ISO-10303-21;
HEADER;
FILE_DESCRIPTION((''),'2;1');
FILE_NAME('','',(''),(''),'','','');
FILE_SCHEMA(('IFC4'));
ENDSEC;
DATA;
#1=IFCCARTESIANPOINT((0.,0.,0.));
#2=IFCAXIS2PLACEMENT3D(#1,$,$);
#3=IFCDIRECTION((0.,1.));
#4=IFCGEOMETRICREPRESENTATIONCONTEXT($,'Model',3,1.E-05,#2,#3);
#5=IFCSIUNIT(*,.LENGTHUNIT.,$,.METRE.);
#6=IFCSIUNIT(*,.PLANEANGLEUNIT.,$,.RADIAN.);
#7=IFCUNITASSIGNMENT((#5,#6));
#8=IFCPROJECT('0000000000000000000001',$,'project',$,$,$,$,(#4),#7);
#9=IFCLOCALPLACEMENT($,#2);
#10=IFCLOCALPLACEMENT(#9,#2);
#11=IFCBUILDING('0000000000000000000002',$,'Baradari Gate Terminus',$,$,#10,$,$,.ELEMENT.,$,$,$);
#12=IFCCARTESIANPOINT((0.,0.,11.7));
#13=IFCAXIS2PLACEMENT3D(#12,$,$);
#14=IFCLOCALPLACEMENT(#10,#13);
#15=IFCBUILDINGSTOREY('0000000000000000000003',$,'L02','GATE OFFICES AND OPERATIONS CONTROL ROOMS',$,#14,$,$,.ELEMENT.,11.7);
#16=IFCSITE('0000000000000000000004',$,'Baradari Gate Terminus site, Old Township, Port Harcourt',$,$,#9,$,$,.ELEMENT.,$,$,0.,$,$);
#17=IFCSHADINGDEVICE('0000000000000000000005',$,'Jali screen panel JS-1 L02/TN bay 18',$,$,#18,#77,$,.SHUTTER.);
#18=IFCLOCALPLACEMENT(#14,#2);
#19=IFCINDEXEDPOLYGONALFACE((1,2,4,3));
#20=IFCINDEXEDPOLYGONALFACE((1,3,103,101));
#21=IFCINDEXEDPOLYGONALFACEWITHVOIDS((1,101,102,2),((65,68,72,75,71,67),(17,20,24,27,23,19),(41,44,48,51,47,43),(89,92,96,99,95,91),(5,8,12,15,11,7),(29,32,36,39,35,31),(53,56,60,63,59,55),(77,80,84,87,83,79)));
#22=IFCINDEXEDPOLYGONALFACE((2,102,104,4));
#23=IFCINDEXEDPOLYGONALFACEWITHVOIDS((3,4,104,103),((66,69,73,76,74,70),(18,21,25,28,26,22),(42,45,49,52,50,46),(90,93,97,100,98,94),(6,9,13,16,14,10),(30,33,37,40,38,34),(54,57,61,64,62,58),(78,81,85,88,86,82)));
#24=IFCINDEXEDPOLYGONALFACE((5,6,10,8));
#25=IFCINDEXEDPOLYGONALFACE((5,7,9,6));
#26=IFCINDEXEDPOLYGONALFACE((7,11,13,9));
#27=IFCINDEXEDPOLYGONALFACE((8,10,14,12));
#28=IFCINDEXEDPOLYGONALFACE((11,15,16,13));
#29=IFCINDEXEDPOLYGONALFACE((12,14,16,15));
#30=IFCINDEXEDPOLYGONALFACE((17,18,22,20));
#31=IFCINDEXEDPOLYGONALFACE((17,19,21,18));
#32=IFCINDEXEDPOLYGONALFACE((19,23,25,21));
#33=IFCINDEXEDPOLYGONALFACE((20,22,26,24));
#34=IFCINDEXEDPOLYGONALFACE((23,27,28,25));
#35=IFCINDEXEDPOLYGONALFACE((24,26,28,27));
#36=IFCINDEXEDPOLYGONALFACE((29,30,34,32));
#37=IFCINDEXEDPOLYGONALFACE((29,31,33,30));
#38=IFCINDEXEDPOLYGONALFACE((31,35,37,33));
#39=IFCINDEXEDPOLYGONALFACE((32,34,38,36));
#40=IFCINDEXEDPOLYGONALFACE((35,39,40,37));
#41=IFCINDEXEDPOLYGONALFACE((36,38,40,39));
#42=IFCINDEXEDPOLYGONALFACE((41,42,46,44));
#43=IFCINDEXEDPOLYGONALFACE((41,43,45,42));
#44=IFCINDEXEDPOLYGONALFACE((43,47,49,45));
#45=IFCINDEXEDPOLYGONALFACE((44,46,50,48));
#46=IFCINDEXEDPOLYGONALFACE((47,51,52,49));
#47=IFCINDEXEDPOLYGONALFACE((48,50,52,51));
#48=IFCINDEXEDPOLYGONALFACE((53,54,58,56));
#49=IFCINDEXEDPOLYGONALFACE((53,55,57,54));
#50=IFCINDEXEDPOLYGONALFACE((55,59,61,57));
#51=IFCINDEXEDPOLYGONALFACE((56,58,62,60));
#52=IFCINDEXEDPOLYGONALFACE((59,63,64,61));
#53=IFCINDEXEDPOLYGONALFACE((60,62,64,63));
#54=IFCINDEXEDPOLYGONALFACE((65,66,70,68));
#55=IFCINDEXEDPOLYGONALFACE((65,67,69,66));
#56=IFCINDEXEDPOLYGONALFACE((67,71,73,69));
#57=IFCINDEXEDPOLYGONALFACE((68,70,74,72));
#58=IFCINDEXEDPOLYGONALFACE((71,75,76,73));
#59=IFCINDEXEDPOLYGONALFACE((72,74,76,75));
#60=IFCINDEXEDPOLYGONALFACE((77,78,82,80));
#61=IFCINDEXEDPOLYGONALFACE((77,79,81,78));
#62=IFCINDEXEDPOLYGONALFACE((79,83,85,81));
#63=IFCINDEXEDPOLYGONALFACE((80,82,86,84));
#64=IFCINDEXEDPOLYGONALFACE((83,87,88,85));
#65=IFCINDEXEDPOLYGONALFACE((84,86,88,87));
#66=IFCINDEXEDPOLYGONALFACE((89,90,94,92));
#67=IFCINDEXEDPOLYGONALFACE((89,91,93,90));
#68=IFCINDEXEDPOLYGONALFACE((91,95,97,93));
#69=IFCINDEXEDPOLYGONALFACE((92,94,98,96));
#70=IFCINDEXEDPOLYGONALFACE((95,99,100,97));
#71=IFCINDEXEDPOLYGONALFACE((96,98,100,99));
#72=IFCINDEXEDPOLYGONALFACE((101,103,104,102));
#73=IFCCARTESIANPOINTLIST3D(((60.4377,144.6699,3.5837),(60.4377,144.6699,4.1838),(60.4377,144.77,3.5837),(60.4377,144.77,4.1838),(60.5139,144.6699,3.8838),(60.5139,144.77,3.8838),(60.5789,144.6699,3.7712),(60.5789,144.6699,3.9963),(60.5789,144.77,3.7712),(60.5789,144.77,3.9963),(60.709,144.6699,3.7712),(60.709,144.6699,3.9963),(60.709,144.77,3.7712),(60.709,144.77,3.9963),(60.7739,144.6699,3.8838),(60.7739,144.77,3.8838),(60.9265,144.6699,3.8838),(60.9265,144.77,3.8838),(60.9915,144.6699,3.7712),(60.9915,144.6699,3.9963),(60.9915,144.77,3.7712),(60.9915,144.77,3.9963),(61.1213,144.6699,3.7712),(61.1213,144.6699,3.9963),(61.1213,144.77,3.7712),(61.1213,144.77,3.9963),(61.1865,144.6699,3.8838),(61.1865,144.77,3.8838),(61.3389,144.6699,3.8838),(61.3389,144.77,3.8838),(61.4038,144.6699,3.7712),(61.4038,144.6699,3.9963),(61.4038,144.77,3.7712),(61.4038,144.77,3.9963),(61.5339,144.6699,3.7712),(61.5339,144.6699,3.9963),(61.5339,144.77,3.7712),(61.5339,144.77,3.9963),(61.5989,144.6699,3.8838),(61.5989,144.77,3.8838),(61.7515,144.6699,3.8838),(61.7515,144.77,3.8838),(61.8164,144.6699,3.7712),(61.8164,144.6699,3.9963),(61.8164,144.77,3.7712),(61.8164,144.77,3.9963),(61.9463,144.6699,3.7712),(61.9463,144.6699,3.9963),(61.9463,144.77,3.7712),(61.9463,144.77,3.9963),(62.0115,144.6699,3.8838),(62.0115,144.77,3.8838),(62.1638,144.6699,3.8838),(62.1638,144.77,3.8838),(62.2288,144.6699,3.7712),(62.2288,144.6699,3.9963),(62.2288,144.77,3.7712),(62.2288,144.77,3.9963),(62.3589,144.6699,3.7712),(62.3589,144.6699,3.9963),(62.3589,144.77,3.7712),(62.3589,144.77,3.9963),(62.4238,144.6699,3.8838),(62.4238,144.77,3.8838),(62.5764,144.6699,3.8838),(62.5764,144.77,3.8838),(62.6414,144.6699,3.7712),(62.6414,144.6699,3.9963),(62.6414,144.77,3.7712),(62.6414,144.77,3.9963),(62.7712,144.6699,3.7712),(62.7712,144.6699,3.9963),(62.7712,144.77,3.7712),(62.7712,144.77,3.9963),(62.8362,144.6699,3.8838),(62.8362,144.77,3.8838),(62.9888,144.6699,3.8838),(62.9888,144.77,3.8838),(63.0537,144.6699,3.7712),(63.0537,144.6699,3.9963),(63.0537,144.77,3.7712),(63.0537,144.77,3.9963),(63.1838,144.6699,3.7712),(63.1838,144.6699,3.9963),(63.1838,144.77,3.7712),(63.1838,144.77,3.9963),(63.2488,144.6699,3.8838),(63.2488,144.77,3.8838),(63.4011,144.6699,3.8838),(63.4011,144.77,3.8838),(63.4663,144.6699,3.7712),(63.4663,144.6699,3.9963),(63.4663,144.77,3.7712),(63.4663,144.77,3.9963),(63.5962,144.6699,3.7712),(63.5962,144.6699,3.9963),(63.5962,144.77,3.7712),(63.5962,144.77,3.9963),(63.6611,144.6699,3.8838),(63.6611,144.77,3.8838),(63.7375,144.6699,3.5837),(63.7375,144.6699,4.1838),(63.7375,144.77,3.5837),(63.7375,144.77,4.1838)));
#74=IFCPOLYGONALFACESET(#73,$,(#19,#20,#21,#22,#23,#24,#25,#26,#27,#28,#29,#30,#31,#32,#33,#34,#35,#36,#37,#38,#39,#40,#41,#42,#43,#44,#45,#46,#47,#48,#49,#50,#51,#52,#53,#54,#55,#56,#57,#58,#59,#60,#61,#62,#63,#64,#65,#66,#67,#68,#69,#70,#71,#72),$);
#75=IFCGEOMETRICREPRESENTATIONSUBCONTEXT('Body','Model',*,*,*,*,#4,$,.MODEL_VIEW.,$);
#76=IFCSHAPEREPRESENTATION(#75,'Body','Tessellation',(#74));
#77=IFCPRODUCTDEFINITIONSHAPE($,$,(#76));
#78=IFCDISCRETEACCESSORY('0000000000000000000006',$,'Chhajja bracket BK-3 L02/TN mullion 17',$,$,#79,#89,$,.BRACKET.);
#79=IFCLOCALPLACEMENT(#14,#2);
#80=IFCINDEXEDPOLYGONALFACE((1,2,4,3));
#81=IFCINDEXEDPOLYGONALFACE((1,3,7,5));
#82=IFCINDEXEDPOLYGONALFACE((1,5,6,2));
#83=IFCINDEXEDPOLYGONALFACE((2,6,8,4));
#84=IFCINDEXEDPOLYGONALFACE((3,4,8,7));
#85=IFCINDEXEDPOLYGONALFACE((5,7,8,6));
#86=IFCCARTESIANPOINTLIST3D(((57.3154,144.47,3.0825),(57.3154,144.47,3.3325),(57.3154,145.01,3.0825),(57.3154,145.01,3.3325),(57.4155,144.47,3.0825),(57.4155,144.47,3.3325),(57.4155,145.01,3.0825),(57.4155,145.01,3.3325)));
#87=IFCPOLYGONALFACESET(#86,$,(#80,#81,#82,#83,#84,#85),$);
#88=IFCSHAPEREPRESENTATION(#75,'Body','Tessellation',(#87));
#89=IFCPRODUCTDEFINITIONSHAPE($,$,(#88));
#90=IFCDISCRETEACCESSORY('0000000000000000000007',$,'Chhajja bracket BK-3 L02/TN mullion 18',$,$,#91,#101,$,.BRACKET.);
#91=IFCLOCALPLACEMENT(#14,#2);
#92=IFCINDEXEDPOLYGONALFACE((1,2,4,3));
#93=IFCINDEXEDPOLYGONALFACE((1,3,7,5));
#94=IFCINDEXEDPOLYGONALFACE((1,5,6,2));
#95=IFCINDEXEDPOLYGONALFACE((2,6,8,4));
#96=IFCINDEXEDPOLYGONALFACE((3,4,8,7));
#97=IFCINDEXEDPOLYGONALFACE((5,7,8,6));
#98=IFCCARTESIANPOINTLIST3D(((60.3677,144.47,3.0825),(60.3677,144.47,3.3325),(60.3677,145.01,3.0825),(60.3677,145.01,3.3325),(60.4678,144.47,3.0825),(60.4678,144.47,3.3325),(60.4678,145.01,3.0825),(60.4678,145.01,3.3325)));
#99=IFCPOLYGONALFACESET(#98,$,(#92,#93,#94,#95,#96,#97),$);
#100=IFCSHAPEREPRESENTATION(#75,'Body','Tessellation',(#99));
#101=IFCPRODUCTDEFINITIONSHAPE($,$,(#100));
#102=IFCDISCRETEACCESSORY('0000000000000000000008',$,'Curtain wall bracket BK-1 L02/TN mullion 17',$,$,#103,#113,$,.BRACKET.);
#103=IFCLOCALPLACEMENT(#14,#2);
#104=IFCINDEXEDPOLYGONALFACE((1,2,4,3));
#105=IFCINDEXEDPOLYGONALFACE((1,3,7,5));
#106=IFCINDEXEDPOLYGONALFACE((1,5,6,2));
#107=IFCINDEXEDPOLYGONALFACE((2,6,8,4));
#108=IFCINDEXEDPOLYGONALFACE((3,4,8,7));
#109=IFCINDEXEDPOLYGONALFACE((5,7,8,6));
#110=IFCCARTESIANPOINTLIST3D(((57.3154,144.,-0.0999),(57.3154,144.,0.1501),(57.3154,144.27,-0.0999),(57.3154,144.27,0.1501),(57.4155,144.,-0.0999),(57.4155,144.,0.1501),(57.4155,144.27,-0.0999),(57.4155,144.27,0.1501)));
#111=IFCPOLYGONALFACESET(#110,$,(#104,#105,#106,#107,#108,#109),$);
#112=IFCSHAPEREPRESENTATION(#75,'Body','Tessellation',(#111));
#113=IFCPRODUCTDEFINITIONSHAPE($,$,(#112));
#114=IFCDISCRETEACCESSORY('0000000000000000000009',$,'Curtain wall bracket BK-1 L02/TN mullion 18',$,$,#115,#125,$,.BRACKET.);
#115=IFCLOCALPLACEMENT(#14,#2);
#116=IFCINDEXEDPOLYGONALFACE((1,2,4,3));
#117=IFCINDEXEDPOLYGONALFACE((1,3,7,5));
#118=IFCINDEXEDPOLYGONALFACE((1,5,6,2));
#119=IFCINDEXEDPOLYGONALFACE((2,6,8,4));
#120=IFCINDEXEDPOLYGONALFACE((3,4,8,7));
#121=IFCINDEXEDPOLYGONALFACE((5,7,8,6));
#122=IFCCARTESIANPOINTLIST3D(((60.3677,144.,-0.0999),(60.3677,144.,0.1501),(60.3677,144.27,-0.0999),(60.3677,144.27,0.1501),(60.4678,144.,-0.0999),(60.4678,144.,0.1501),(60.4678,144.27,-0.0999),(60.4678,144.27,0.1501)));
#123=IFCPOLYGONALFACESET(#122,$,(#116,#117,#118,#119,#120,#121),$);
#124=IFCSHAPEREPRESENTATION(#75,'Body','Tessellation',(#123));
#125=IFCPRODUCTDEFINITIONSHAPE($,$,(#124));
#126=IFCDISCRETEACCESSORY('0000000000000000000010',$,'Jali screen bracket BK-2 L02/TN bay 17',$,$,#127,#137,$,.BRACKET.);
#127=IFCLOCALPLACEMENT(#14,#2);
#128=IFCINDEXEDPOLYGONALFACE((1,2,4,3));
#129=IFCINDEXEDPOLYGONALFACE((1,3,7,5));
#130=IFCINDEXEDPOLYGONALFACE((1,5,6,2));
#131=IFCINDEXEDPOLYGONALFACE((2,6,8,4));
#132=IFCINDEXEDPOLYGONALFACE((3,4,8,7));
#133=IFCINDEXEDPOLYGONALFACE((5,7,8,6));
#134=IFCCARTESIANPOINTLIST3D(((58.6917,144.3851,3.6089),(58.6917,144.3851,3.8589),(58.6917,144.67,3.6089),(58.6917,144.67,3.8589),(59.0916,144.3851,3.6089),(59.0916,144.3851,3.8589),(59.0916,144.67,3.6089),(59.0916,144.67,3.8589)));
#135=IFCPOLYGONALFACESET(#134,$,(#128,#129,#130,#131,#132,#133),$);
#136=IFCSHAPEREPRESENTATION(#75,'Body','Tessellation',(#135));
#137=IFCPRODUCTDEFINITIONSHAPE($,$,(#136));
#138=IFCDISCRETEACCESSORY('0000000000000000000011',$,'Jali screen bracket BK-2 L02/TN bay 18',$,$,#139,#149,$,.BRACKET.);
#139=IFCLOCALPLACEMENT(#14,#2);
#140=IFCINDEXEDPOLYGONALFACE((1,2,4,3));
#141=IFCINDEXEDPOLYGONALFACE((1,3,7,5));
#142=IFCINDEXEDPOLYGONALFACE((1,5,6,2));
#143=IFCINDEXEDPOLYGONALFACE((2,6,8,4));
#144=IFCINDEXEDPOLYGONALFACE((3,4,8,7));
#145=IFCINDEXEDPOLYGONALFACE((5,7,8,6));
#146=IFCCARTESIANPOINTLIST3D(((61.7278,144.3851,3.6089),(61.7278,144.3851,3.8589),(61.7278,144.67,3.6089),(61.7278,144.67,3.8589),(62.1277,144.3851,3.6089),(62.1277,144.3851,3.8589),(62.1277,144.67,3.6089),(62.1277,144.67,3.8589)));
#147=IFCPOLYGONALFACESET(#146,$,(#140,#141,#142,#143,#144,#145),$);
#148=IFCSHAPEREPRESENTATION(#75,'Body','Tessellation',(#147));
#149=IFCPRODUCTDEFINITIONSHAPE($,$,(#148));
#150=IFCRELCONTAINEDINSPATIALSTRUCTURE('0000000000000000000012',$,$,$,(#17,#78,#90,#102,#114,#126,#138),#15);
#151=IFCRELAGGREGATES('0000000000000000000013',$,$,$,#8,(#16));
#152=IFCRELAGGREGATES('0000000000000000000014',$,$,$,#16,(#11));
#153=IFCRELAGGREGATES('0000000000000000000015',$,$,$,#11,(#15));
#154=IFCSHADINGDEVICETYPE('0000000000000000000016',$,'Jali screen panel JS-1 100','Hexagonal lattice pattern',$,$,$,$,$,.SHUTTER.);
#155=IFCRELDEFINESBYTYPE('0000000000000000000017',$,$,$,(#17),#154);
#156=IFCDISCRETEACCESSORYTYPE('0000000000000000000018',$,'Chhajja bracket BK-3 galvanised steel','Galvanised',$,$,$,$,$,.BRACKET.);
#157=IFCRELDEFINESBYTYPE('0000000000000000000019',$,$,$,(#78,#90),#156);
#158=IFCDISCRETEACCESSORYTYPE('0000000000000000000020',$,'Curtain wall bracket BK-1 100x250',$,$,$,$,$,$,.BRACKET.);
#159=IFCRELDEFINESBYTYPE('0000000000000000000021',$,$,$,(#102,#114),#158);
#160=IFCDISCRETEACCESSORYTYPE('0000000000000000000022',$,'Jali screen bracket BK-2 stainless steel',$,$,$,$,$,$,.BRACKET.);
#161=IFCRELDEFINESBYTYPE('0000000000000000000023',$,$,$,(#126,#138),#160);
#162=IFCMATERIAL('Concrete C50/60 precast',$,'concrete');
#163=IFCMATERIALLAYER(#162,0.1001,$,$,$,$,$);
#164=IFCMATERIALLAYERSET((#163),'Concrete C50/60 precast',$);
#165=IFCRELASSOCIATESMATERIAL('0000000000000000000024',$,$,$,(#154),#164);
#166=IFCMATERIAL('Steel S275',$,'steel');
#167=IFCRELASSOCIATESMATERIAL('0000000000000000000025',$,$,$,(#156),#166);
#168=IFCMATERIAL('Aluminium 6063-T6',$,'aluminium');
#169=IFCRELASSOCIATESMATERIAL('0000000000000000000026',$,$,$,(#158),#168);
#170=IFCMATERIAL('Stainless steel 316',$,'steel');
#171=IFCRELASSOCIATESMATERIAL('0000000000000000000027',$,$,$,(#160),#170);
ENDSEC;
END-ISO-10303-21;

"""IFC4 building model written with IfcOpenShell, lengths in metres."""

from ifc_helpers import new_model, si_unit, direction, frame, origin, origin_2d, place, context, subcontext, project, spatial, polyline, rectangle, outline, extrude, material, layer, layer_set, type_object, element, save


model = new_model("IFC4")

# Units and contexts
model_context = context("Model", 3, precision=1e-05, world=origin(), true_north=direction((0.0, 1.0)))
body_context = subcontext(model_context, "Body", "Model", "MODEL_VIEW")
ifc_project = project(units=[si_unit("LENGTHUNIT", "METRE"), si_unit("PLANEANGLEUNIT", "RADIAN")], contexts=[model_context])

# Site, building, storey
site_placement = place(None, origin())
site = spatial("IfcSite", under=ifc_project, at=site_placement, Name="Baradari Gate Terminus site, Old Township, Port Harcourt", CompositionType="ELEMENT", RefElevation=0.0)
building_placement = place(site_placement, origin())
building = spatial("IfcBuilding", under=site, at=building_placement, Name="Baradari Gate Terminus", CompositionType="ELEMENT")
storey_placement = place(building_placement, frame((0.0, 0.0, 11.7)))
storey = spatial("IfcBuildingStorey", under=building, at=storey_placement, Name="L02", Description="GATE OFFICES AND OPERATIONS CONTROL ROOMS", CompositionType="ELEMENT", Elevation=11.7)

# Shading device
ifc_material_1 = material(Name="Concrete C50/60 precast", Category="concrete")
ifc_layer_1 = layer(ifc_material_1, 0.1001)
ifc_layer_set_1 = layer_set([ifc_layer_1], Name="Concrete C50/60 precast")
shading_device_type_1 = type_object("IfcShadingDeviceType", Name="Jali screen panel JS-1 100", Description="Hexagonal lattice pattern", PredefinedType="SHUTTER", material=ifc_layer_set_1)
shading_device_1_placement = place(storey_placement, frame((60.4377, 144.72, 3.5837), z_axis=(0.0, 0.0, 1.0), x_axis=(1.0, 0.0, 0.0)))
element("IfcShadingDevice", 1, at=shading_device_1_placement, inside=storey, type_object=shading_device_type_1, Name="Jali screen panel JS-1 L02/TN bay 18", PredefinedType="SHUTTER", context=body_context, shape_type="SweptSolid", body=[
    extrude(outline(polyline([(0.0, 0.0), (3.2998, 0.0), (3.2998, 0.6001), (0.0, 0.6001), (0.0, 0.0)]), holes=[polyline([(0.3362, 0.3), (0.2712, 0.1875), (0.1411, 0.1875), (0.0762, 0.3), (0.1411, 0.4126), (0.2712, 0.4126), (0.3362, 0.3)]), polyline([(0.7488, 0.3), (0.6836, 0.1875), (0.5537, 0.1875), (0.4888, 0.3), (0.5537, 0.4126), (0.6836, 0.4126), (0.7488, 0.3)]), polyline([(1.1611, 0.3), (1.0962, 0.1875), (0.9661, 0.1875), (0.9011, 0.3), (0.9661, 0.4126), (1.0962, 0.4126), (1.1611, 0.3)]), polyline([(1.5737, 0.3), (1.5085, 0.1875), (1.3787, 0.1875), (1.3137, 0.3), (1.3787, 0.4126), (1.5085, 0.4126), (1.5737, 0.3)]), polyline([(1.9861, 0.3), (1.9211, 0.1875), (1.791, 0.1875), (1.7261, 0.3), (1.791, 0.4126), (1.9211, 0.4126), (1.9861, 0.3)]), polyline([(2.3984, 0.3), (2.3335, 0.1875), (2.2036, 0.1875), (2.1387, 0.3), (2.2036, 0.4126), (2.3335, 0.4126), (2.3984, 0.3)]), polyline([(2.811, 0.3), (2.7461, 0.1875), (2.616, 0.1875), (2.551, 0.3), (2.616, 0.4126), (2.7461, 0.4126), (2.811, 0.3)]), polyline([(3.2234, 0.3), (3.1584, 0.1875), (3.0286, 0.1875), (2.9634, 0.3), (3.0286, 0.4126), (3.1584, 0.4126), (3.2234, 0.3)])]), frame((0.0, 0.05, 0.0), z_axis=(0.0, -1.0, 0.0), x_axis=(1.0, 0.0, 0.0)), (0.0, 0.0, 1.0), 0.1001),
])

# Discrete accessories
ifc_material_2 = material(Name="Steel S275", Category="steel")
discrete_accessory_type_1 = type_object("IfcDiscreteAccessoryType", Name="Chhajja bracket BK-3 galvanised steel", Description="Galvanised", PredefinedType="BRACKET", material=ifc_material_2)
for number, where, z_axis, x_axis, name in (
    (2, (57.3655, 144.74, 3.0825), (0.0, 0.0, 1.0), (0.0, 1.0, 0.0), "Chhajja bracket BK-3 L02/TN mullion 17"),
    (3, (60.4177, 144.74, 3.0825), (0.0, 0.0, 1.0), (0.0, 1.0, 0.0), "Chhajja bracket BK-3 L02/TN mullion 18"),
):
    element("IfcDiscreteAccessory", number, at=place(storey_placement, frame(where, z_axis=z_axis, x_axis=x_axis)), inside=storey, type_object=discrete_accessory_type_1, Name=name, PredefinedType="BRACKET", context=body_context, shape_type="SweptSolid", body=[
        extrude(rectangle(XDim=0.54, YDim=0.1001, at=origin_2d()), origin(), (0.0, 0.0, 1.0), 0.25),
    ])
ifc_material_3 = material(Name="Aluminium 6063-T6", Category="aluminium")
discrete_accessory_type_2 = type_object("IfcDiscreteAccessoryType", Name="Curtain wall bracket BK-1 100x250", PredefinedType="BRACKET", material=ifc_material_3)
for number, where, z_axis, x_axis, name in (
    (4, (57.3655, 144.135, -0.0999), (0.0, 0.0, 1.0), (0.0, 1.0, 0.0), "Curtain wall bracket BK-1 L02/TN mullion 17"),
    (5, (60.4177, 144.135, -0.0999), (0.0, 0.0, 1.0), (0.0, 1.0, 0.0), "Curtain wall bracket BK-1 L02/TN mullion 18"),
):
    element("IfcDiscreteAccessory", number, at=place(storey_placement, frame(where, z_axis=z_axis, x_axis=x_axis)), inside=storey, type_object=discrete_accessory_type_2, Name=name, PredefinedType="BRACKET", context=body_context, shape_type="SweptSolid", body=[
        extrude(rectangle(XDim=0.27, YDim=0.1001, at=origin_2d()), origin(), (0.0, 0.0, 1.0), 0.25),
    ])
ifc_material_4 = material(Name="Stainless steel 316", Category="steel")
discrete_accessory_type_3 = type_object("IfcDiscreteAccessoryType", Name="Jali screen bracket BK-2 stainless steel", PredefinedType="BRACKET", material=ifc_material_4)
for number, where, z_axis, x_axis, name in (
    (6, (58.8916, 144.5276, 3.6089), (0.0, 0.0, 1.0), (0.0, 1.0, 0.0), "Jali screen bracket BK-2 L02/TN bay 17"),
    (7, (61.9277, 144.5276, 3.6089), (0.0, 0.0, 1.0), (0.0, 1.0, 0.0), "Jali screen bracket BK-2 L02/TN bay 18"),
):
    element("IfcDiscreteAccessory", number, at=place(storey_placement, frame(where, z_axis=z_axis, x_axis=x_axis)), inside=storey, type_object=discrete_accessory_type_3, Name=name, PredefinedType="BRACKET", context=body_context, shape_type="SweptSolid", body=[
        extrude(rectangle(XDim=0.2849, YDim=0.3999, at=origin_2d()), origin(), (0.0, 0.0, 1.0), 0.25),
    ])

save(model, "model.ifc")
